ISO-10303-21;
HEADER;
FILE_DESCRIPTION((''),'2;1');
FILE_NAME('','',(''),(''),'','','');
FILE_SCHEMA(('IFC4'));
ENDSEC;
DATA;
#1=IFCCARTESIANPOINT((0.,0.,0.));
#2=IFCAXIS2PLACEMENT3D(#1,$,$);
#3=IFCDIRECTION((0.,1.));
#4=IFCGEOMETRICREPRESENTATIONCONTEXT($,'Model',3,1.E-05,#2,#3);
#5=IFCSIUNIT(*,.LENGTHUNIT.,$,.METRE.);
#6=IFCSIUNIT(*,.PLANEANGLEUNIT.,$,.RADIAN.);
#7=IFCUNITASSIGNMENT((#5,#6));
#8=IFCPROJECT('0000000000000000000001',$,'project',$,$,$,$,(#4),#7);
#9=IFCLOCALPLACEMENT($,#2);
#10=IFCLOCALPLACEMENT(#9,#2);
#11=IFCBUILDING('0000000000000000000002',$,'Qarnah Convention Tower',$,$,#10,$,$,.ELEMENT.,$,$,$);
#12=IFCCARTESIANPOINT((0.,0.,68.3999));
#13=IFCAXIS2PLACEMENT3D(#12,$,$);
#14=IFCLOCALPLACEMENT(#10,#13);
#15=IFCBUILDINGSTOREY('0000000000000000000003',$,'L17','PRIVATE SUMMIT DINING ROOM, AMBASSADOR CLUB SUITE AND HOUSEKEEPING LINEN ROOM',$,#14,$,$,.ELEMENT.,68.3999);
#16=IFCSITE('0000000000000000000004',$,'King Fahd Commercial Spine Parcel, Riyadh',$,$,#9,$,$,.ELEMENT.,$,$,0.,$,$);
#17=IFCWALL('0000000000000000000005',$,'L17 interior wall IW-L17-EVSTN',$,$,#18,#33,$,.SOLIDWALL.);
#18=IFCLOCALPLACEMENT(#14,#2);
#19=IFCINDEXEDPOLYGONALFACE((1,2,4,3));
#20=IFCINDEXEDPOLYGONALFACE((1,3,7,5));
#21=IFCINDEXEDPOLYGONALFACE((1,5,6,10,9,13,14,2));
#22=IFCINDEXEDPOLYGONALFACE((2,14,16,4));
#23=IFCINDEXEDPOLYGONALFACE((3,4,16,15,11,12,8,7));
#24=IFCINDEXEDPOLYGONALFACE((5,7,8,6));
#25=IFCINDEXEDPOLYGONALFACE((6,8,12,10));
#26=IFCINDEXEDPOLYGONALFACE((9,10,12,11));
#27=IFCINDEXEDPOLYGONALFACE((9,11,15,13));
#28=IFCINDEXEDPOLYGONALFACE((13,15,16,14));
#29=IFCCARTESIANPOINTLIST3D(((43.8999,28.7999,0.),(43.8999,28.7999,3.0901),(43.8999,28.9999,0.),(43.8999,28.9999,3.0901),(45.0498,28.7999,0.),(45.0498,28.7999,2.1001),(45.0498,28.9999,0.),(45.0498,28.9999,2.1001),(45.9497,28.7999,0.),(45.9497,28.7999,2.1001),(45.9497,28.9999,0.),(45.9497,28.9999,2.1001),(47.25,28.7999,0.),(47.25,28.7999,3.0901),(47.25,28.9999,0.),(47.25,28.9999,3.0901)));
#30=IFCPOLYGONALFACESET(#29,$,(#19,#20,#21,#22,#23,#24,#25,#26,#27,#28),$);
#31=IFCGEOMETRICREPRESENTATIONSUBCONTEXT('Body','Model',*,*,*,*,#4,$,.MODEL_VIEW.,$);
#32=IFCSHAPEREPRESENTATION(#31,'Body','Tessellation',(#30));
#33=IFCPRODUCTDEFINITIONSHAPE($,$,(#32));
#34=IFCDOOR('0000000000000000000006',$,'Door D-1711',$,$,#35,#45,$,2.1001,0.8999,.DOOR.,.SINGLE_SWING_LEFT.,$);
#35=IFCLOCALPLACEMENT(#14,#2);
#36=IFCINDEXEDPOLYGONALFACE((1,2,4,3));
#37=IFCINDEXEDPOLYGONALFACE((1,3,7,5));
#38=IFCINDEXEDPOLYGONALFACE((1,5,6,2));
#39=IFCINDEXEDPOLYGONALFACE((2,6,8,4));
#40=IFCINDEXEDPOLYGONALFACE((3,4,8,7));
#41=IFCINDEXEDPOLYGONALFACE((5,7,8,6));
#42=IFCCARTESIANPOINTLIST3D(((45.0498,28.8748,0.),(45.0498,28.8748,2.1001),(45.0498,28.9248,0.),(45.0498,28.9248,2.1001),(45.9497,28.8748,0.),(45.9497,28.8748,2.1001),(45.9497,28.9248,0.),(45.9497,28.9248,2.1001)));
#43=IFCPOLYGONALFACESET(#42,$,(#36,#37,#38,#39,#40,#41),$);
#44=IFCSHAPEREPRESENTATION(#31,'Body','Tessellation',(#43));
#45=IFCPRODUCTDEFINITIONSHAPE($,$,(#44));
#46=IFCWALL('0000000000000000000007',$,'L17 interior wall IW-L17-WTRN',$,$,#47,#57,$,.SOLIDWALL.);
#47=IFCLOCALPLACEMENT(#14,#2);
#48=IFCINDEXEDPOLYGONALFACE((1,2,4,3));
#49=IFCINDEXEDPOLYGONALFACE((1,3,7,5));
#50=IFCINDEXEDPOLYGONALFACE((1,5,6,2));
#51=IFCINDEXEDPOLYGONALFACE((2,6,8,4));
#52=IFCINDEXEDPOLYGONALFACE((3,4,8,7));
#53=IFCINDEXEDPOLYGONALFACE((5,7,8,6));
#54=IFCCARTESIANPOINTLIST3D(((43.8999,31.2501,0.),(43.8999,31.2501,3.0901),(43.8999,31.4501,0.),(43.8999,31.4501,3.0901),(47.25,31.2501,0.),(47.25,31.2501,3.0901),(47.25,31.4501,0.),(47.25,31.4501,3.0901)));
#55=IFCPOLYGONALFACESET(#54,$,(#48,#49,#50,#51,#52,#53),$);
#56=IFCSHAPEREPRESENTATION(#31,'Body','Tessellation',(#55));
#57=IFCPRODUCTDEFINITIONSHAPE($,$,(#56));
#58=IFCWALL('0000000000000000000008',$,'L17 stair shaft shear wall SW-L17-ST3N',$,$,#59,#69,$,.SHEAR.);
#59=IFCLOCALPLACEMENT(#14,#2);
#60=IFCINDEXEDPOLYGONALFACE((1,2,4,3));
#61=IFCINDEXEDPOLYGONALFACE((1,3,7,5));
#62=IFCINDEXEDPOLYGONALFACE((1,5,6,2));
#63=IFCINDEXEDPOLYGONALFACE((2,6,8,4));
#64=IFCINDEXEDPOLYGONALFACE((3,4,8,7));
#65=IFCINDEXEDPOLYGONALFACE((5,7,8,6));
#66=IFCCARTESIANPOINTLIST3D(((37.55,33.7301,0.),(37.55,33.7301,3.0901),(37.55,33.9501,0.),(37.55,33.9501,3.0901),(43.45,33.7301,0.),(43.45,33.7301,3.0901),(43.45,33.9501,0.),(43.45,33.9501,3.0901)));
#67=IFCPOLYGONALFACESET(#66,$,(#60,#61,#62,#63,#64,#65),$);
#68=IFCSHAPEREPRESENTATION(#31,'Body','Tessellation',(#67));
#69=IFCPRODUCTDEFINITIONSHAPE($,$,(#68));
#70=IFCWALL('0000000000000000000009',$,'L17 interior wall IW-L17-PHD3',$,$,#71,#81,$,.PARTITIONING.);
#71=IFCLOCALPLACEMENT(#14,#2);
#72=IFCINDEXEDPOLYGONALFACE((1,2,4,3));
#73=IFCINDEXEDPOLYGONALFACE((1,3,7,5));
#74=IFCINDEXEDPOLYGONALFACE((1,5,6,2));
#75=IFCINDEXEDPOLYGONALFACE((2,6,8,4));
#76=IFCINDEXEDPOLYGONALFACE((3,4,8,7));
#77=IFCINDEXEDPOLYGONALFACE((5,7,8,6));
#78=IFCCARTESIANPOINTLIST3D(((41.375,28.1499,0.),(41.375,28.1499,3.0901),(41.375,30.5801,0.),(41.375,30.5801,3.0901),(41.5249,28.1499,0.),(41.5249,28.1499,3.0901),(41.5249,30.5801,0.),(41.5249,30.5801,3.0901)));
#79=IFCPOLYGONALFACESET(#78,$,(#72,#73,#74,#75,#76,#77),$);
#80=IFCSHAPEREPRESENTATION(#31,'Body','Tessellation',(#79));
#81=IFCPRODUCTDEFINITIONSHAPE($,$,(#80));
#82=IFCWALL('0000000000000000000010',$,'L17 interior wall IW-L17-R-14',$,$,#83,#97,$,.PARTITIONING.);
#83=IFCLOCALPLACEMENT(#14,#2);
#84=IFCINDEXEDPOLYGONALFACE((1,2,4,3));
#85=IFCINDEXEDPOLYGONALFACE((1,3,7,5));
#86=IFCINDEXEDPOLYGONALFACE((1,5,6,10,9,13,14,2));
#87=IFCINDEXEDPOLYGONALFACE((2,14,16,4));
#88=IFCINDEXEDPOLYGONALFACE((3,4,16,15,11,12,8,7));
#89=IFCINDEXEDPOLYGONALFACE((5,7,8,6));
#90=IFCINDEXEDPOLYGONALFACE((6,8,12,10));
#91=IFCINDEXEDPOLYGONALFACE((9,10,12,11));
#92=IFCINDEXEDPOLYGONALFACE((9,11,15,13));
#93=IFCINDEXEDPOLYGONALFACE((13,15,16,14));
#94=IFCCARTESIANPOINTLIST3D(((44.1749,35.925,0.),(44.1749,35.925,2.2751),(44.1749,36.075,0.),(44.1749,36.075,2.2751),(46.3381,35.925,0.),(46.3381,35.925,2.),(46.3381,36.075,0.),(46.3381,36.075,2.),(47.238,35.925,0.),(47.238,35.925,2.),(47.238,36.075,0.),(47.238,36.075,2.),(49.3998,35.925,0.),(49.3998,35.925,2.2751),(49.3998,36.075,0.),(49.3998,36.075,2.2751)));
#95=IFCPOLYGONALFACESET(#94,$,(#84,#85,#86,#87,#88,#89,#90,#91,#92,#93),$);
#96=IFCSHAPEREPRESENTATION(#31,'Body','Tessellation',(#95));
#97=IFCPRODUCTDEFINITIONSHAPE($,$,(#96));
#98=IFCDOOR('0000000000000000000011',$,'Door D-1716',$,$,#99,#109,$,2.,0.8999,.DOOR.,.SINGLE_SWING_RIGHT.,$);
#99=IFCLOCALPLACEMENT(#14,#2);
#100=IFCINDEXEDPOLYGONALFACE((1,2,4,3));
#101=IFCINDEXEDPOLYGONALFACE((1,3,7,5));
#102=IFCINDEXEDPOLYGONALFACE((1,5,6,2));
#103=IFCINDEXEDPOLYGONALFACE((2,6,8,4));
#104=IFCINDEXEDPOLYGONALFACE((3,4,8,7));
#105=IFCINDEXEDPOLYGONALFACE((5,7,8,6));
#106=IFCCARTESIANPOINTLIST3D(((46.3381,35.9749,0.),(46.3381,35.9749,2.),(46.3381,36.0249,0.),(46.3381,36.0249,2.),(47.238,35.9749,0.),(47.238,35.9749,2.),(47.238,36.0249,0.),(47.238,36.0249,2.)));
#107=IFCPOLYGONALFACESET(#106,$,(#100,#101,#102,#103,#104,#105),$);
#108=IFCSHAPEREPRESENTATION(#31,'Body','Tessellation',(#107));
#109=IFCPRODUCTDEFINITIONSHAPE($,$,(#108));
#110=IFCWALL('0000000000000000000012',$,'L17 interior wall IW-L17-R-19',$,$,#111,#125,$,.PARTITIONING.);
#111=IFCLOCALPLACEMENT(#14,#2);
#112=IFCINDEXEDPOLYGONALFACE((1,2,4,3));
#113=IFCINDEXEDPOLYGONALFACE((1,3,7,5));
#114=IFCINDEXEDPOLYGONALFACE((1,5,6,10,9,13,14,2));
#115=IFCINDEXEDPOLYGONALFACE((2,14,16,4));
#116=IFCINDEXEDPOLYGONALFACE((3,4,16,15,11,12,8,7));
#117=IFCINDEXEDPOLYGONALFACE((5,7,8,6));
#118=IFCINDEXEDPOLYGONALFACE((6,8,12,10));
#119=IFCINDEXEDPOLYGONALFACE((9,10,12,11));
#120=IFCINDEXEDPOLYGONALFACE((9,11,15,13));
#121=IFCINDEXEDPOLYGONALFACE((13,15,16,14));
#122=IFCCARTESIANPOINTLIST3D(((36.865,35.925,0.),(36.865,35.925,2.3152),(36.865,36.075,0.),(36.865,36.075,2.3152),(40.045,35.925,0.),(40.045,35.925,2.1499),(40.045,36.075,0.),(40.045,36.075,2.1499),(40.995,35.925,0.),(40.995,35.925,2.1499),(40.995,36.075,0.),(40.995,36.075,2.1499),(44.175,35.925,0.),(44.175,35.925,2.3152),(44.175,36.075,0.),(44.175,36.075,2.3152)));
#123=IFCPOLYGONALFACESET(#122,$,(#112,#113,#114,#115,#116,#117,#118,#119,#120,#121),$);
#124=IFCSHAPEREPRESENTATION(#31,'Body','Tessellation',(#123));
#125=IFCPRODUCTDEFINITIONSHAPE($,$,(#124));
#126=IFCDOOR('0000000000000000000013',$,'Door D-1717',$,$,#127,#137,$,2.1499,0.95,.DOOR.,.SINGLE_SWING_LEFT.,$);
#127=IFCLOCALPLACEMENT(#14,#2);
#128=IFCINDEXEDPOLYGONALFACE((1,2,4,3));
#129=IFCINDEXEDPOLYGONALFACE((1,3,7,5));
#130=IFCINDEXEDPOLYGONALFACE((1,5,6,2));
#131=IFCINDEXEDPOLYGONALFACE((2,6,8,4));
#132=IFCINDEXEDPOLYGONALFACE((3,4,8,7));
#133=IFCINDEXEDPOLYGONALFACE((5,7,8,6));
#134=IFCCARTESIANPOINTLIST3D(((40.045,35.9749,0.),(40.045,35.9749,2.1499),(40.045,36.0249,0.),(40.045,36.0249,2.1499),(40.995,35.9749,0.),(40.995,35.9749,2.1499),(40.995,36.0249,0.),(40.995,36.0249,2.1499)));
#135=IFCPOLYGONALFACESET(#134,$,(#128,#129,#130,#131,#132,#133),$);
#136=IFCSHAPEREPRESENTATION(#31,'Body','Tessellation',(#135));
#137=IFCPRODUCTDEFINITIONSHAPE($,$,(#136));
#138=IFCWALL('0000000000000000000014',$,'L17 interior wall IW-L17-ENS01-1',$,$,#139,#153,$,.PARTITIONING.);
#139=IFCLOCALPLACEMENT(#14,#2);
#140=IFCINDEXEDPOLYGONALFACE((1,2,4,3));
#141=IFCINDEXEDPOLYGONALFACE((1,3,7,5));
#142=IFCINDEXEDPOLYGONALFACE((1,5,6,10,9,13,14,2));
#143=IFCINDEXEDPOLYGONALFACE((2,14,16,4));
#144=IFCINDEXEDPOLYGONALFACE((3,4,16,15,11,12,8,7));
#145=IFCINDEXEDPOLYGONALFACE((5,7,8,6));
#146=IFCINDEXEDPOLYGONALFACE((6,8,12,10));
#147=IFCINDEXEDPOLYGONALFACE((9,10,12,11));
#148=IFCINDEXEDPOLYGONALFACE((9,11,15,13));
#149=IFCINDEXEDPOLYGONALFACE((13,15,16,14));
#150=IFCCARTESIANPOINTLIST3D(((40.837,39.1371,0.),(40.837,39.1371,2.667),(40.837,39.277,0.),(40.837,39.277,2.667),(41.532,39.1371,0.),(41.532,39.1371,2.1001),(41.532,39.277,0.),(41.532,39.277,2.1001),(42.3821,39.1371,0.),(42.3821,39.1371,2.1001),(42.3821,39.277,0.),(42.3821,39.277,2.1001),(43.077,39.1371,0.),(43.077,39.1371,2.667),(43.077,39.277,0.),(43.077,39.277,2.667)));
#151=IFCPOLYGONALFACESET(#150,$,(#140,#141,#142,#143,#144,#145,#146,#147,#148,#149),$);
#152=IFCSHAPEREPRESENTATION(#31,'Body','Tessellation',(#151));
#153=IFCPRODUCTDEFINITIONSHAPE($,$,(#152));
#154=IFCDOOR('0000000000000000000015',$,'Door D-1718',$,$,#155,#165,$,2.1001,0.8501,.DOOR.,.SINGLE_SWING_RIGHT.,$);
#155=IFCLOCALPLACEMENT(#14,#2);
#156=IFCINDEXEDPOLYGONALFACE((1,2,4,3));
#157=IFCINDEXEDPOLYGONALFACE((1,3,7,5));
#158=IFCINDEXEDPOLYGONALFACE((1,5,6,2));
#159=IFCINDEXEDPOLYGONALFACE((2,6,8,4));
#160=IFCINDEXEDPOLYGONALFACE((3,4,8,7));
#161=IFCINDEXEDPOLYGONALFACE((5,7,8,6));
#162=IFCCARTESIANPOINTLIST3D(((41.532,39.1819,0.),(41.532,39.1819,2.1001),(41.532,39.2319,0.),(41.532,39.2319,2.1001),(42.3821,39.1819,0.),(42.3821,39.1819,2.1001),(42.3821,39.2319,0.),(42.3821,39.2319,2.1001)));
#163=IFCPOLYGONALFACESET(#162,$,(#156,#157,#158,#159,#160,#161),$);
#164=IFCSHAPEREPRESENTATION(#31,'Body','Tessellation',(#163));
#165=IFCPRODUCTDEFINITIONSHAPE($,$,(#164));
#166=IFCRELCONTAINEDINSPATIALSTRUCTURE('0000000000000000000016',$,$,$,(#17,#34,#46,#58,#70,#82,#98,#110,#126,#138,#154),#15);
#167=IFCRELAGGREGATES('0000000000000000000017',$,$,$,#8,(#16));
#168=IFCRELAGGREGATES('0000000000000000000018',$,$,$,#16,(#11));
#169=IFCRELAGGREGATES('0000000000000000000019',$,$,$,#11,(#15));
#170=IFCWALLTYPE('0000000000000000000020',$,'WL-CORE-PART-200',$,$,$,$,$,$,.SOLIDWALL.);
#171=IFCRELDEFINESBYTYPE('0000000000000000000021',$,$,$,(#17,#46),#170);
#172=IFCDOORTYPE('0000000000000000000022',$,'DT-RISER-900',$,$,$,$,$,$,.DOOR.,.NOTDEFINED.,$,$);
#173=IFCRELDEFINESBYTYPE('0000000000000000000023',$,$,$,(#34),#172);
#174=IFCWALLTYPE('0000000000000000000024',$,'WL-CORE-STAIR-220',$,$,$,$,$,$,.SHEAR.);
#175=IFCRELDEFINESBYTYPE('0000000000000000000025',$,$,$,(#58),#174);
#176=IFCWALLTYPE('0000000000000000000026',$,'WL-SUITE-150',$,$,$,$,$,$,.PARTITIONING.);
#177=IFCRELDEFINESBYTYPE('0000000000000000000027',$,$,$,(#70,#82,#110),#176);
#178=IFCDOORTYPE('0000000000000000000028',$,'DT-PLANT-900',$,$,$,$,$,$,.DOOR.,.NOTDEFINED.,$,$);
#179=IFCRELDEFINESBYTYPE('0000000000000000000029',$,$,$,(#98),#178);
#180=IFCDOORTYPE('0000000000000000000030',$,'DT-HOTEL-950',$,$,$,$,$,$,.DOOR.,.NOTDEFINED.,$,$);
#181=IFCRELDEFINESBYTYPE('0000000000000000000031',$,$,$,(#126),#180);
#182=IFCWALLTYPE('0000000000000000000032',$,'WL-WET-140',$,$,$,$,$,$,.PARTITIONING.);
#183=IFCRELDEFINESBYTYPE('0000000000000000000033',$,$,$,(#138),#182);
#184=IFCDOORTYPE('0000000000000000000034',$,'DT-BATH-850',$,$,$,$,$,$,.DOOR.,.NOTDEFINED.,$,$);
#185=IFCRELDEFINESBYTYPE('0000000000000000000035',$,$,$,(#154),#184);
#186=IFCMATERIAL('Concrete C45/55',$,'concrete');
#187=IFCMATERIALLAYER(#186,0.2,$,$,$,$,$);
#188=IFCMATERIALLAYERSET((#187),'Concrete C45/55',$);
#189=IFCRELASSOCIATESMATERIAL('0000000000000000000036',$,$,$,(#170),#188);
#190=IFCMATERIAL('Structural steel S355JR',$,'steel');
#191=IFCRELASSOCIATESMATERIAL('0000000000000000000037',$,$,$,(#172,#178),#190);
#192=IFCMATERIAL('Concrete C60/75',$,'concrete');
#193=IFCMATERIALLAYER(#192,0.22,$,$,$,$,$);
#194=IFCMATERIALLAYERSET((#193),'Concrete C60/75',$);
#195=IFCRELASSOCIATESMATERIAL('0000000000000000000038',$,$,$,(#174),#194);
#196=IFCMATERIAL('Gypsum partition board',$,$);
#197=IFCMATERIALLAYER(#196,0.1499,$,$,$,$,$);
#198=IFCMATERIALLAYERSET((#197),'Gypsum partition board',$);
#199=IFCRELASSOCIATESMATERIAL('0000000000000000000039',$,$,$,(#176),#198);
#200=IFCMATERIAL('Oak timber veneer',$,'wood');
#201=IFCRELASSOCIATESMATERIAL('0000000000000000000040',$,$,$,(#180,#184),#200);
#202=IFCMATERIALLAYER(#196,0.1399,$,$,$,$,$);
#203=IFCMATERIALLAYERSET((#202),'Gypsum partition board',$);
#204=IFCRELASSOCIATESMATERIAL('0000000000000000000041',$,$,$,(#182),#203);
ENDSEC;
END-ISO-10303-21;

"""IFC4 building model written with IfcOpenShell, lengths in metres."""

from ifc_helpers import new_model, si_unit, direction, frame, frame_2d, origin, place, context, subcontext, project, spatial, rectangle, extrude, material, layer, layer_set, type_object, element, fill, save


model = new_model("IFC4")

# Units and contexts
model_context = context("Model", 3, precision=1e-05, world=origin(), true_north=direction((0.0, 1.0)))
body_context = subcontext(model_context, "Body", "Model", "MODEL_VIEW")
ifc_project = project(units=[si_unit("LENGTHUNIT", "METRE"), si_unit("PLANEANGLEUNIT", "RADIAN")], contexts=[model_context])

# Site, building, storey
site_placement = place(None, origin())
site = spatial("IfcSite", under=ifc_project, at=site_placement, Name="King Fahd Commercial Spine Parcel, Riyadh", CompositionType="ELEMENT", RefElevation=0.0)
building_placement = place(site_placement, origin())
building = spatial("IfcBuilding", under=site, at=building_placement, Name="Qarnah Convention Tower", CompositionType="ELEMENT")
storey_placement = place(building_placement, frame((0.0, 0.0, 68.3999)))
storey = spatial("IfcBuildingStorey", under=building, at=storey_placement, Name="L17", Description="PRIVATE SUMMIT DINING ROOM, AMBASSADOR CLUB SUITE AND HOUSEKEEPING LINEN ROOM", CompositionType="ELEMENT", Elevation=68.3999)

# Shared definitions
ifc_material_1 = material(Name="Concrete C60/75", Category="concrete")

# Shared definitions
ifc_material_2 = material(Name="Structural steel S355JR", Category="steel")

# Wall, opening, door
ifc_material_3 = material(Name="Concrete C45/55", Category="concrete")
ifc_layer_1 = layer(ifc_material_3, 0.2)
ifc_layer_set_1 = layer_set([ifc_layer_1], Name="Concrete C45/55")
wall_type_1 = type_object("IfcWallType", Name="WL-CORE-PART-200", PredefinedType="SOLIDWALL", material=ifc_layer_set_1)
wall_1_placement = place(storey_placement, frame((43.8999, 28.8999, 0.0), z_axis=(0.0, 0.0, 1.0), x_axis=(1.0, 0.0, 0.0)))
wall_1 = element("IfcWall", 1, at=wall_1_placement, inside=storey, type_object=wall_type_1, Name="L17 interior wall IW-L17-EVSTN", PredefinedType="SOLIDWALL", context=body_context, shape_type="SweptSolid", body=[
    extrude(rectangle(XDim=3.3501, YDim=0.2, at=frame_2d((1.675, 0.0))), origin(), (0.0, 0.0, 1.0), 3.0901),
])
opening_1_placement = place(wall_1_placement, frame((1.1499, 0.0, 0.0)))
opening_1 = element("IfcOpeningElement", 2, at=opening_1_placement, cuts=wall_1, PredefinedType="OPENING", context=body_context, shape_type="SweptSolid", body=[
    extrude(rectangle(XDim=0.8999, YDim=2.1001, at=frame_2d((0.45, 1.05))), frame((0.0, 0.1099, 0.0), z_axis=(0.0, -1.0, 0.0), x_axis=(1.0, 0.0, 0.0)), (0.0, 0.0, 1.0), 0.22),
])
door_type_1 = type_object("IfcDoorType", Name="DT-RISER-900", OperationType="NOTDEFINED", PredefinedType="DOOR", material=ifc_material_2)
door_1_placement = place(opening_1_placement, origin())
door_1 = element("IfcDoor", 3, at=door_1_placement, inside=storey, type_object=door_type_1, Name="Door D-1711", OperationType="SINGLE_SWING_LEFT", OverallHeight=2.1001, OverallWidth=0.8999, PredefinedType="DOOR", context=body_context, shape_type="SweptSolid", body=[
    extrude(rectangle(XDim=0.8999, YDim=2.1001, at=frame_2d((0.45, 1.05))), frame((0.0, 0.0249, 0.0), z_axis=(0.0, -1.0, 0.0), x_axis=(1.0, 0.0, 0.0)), (0.0, 0.0, 1.0), 0.05),
])
fill(opening_1, door_1)

# Walls
wall_2_placement = place(storey_placement, frame((43.8999, 31.3501, 0.0), z_axis=(0.0, 0.0, 1.0), x_axis=(1.0, 0.0, 0.0)))
element("IfcWall", 4, at=wall_2_placement, inside=storey, type_object=wall_type_1, Name="L17 interior wall IW-L17-WTRN", PredefinedType="SOLIDWALL", context=body_context, shape_type="SweptSolid", body=[
    extrude(rectangle(XDim=3.3501, YDim=0.2, at=frame_2d((1.675, 0.0))), origin(), (0.0, 0.0, 1.0), 3.0901),
])
ifc_layer_2 = layer(ifc_material_1, 0.22)
ifc_layer_set_2 = layer_set([ifc_layer_2], Name="Concrete C60/75")
wall_type_2 = type_object("IfcWallType", Name="WL-CORE-STAIR-220", PredefinedType="SHEAR", material=ifc_layer_set_2)
wall_3_placement = place(storey_placement, frame((37.55, 33.8401, 0.0), z_axis=(0.0, 0.0, 1.0), x_axis=(1.0, 0.0, 0.0)))
element("IfcWall", 5, at=wall_3_placement, inside=storey, type_object=wall_type_2, Name="L17 stair shaft shear wall SW-L17-ST3N", PredefinedType="SHEAR", context=body_context, shape_type="SweptSolid", body=[
    extrude(rectangle(XDim=5.8999, YDim=0.22, at=frame_2d((2.95, 0.0))), origin(), (0.0, 0.0, 1.0), 3.0901),
])
ifc_material_4 = material(Name="Gypsum partition board")
ifc_layer_3 = layer(ifc_material_4, 0.1499)
ifc_layer_set_3 = layer_set([ifc_layer_3], Name="Gypsum partition board")
wall_type_3 = type_object("IfcWallType", Name="WL-SUITE-150", PredefinedType="PARTITIONING", material=ifc_layer_set_3)
wall_4_placement = place(storey_placement, frame((41.45, 28.1499, 0.0), z_axis=(0.0, 0.0, 1.0), x_axis=(0.0, 1.0, 0.0)))
element("IfcWall", 6, at=wall_4_placement, inside=storey, type_object=wall_type_3, Name="L17 interior wall IW-L17-PHD3", PredefinedType="PARTITIONING", context=body_context, shape_type="SweptSolid", body=[
    extrude(rectangle(XDim=2.4302, YDim=0.1499, at=frame_2d((1.2151, 0.0))), origin(), (0.0, 0.0, 1.0), 3.0901),
])

# Walls, openings, doors
wall_5_placement = place(storey_placement, frame((44.175, 36.0, 0.0), z_axis=(0.0, 0.0, 1.0), x_axis=(1.0, 0.0, 0.0)))
wall_5 = element("IfcWall", 7, at=wall_5_placement, inside=storey, type_object=wall_type_3, Name="L17 interior wall IW-L17-R-14", PredefinedType="PARTITIONING", context=body_context, shape_type="SweptSolid", body=[
    extrude(rectangle(XDim=5.2249, YDim=0.1499, at=frame_2d((2.6123, 0.0))), origin(), (0.0, 0.0, 1.0), 2.2751),
])
opening_2_placement = place(wall_5_placement, frame((2.1631, 0.0, 0.0)))
opening_2 = element("IfcOpeningElement", 8, at=opening_2_placement, cuts=wall_5, PredefinedType="OPENING", context=body_context, shape_type="SweptSolid", body=[
    extrude(rectangle(XDim=0.8999, YDim=2.0, at=frame_2d((0.45, 1.0))), frame((0.0, 0.085, 0.0), z_axis=(0.0, -1.0, 0.0), x_axis=(1.0, 0.0, 0.0)), (0.0, 0.0, 1.0), 0.1699),
])
door_type_2 = type_object("IfcDoorType", Name="DT-PLANT-900", OperationType="NOTDEFINED", PredefinedType="DOOR", material=ifc_material_2)
door_2_placement = place(opening_2_placement, origin())
door_2 = element("IfcDoor", 9, at=door_2_placement, inside=storey, type_object=door_type_2, Name="Door D-1716", OperationType="SINGLE_SWING_RIGHT", OverallHeight=2.0, OverallWidth=0.8999, PredefinedType="DOOR", context=body_context, shape_type="SweptSolid", body=[
    extrude(rectangle(XDim=0.8999, YDim=2.0, at=frame_2d((0.45, 1.0))), frame((0.0, 0.0249, 0.0), z_axis=(0.0, -1.0, 0.0), x_axis=(1.0, 0.0, 0.0)), (0.0, 0.0, 1.0), 0.05),
])
fill(opening_2, door_2)
wall_6_placement = place(storey_placement, frame((36.865, 36.0, 0.0), z_axis=(0.0, 0.0, 1.0), x_axis=(1.0, 0.0, 0.0)))
wall_6 = element("IfcWall", 10, at=wall_6_placement, inside=storey, type_object=wall_type_3, Name="L17 interior wall IW-L17-R-19", PredefinedType="PARTITIONING", context=body_context, shape_type="SweptSolid", body=[
    extrude(rectangle(XDim=7.3101, YDim=0.1499, at=frame_2d((3.655, 0.0))), origin(), (0.0, 0.0, 1.0), 2.3152),
])
opening_3_placement = place(wall_6_placement, frame((3.1799, 0.0, 0.0)))
opening_3 = element("IfcOpeningElement", 11, at=opening_3_placement, cuts=wall_6, PredefinedType="OPENING", context=body_context, shape_type="SweptSolid", body=[
    extrude(rectangle(XDim=0.95, YDim=2.1499, at=frame_2d((0.4751, 1.075))), frame((0.0, 0.085, 0.0), z_axis=(0.0, -1.0, 0.0), x_axis=(1.0, 0.0, 0.0)), (0.0, 0.0, 1.0), 0.1699),
])
ifc_material_5 = material(Name="Oak timber veneer", Category="wood")
door_type_3 = type_object("IfcDoorType", Name="DT-HOTEL-950", OperationType="NOTDEFINED", PredefinedType="DOOR", material=ifc_material_5)
door_3_placement = place(opening_3_placement, origin())
door_3 = element("IfcDoor", 12, at=door_3_placement, inside=storey, type_object=door_type_3, Name="Door D-1717", OperationType="SINGLE_SWING_LEFT", OverallHeight=2.1499, OverallWidth=0.95, PredefinedType="DOOR", context=body_context, shape_type="SweptSolid", body=[
    extrude(rectangle(XDim=0.95, YDim=2.1499, at=frame_2d((0.4751, 1.075))), frame((0.0, 0.0249, 0.0), z_axis=(0.0, -1.0, 0.0), x_axis=(1.0, 0.0, 0.0)), (0.0, 0.0, 1.0), 0.05),
])
fill(opening_3, door_3)
ifc_layer_4 = layer(ifc_material_4, 0.1399)
ifc_layer_set_4 = layer_set([ifc_layer_4], Name="Gypsum partition board")
wall_type_4 = type_object("IfcWallType", Name="WL-WET-140", PredefinedType="PARTITIONING", material=ifc_layer_set_4)
wall_7_placement = place(storey_placement, frame((40.8369, 39.207, 0.0), z_axis=(0.0, 0.0, 1.0), x_axis=(1.0, 0.0, 0.0)))
wall_7 = element("IfcWall", 13, at=wall_7_placement, inside=storey, type_object=wall_type_4, Name="L17 interior wall IW-L17-ENS01-1", PredefinedType="PARTITIONING", context=body_context, shape_type="SweptSolid", body=[
    extrude(rectangle(XDim=2.24, YDim=0.1399, at=frame_2d((1.1201, 0.0))), origin(), (0.0, 0.0, 1.0), 2.667),
])
opening_4_placement = place(wall_7_placement, frame((0.6951, 0.0, 0.0)))
opening_4 = element("IfcOpeningElement", 14, at=opening_4_placement, cuts=wall_7, PredefinedType="OPENING", context=body_context, shape_type="SweptSolid", body=[
    extrude(rectangle(XDim=0.8501, YDim=2.1001, at=frame_2d((0.425, 1.05))), frame((0.0, 0.0798, 0.0), z_axis=(0.0, -1.0, 0.0), x_axis=(1.0, 0.0, 0.0)), (0.0, 0.0, 1.0), 0.1599),
])
door_type_4 = type_object("IfcDoorType", Name="DT-BATH-850", OperationType="NOTDEFINED", PredefinedType="DOOR", material=ifc_material_5)
door_4_placement = place(opening_4_placement, origin())
door_4 = element("IfcDoor", 15, at=door_4_placement, inside=storey, type_object=door_type_4, Name="Door D-1718", OperationType="SINGLE_SWING_RIGHT", OverallHeight=2.1001, OverallWidth=0.8501, PredefinedType="DOOR", context=body_context, shape_type="SweptSolid", body=[
    extrude(rectangle(XDim=0.8501, YDim=2.1001, at=frame_2d((0.425, 1.05))), frame((0.0, 0.0249, 0.0), z_axis=(0.0, -1.0, 0.0), x_axis=(1.0, 0.0, 0.0)), (0.0, 0.0, 1.0), 0.05),
])
fill(opening_4, door_4)

save(model, "model.ifc")
